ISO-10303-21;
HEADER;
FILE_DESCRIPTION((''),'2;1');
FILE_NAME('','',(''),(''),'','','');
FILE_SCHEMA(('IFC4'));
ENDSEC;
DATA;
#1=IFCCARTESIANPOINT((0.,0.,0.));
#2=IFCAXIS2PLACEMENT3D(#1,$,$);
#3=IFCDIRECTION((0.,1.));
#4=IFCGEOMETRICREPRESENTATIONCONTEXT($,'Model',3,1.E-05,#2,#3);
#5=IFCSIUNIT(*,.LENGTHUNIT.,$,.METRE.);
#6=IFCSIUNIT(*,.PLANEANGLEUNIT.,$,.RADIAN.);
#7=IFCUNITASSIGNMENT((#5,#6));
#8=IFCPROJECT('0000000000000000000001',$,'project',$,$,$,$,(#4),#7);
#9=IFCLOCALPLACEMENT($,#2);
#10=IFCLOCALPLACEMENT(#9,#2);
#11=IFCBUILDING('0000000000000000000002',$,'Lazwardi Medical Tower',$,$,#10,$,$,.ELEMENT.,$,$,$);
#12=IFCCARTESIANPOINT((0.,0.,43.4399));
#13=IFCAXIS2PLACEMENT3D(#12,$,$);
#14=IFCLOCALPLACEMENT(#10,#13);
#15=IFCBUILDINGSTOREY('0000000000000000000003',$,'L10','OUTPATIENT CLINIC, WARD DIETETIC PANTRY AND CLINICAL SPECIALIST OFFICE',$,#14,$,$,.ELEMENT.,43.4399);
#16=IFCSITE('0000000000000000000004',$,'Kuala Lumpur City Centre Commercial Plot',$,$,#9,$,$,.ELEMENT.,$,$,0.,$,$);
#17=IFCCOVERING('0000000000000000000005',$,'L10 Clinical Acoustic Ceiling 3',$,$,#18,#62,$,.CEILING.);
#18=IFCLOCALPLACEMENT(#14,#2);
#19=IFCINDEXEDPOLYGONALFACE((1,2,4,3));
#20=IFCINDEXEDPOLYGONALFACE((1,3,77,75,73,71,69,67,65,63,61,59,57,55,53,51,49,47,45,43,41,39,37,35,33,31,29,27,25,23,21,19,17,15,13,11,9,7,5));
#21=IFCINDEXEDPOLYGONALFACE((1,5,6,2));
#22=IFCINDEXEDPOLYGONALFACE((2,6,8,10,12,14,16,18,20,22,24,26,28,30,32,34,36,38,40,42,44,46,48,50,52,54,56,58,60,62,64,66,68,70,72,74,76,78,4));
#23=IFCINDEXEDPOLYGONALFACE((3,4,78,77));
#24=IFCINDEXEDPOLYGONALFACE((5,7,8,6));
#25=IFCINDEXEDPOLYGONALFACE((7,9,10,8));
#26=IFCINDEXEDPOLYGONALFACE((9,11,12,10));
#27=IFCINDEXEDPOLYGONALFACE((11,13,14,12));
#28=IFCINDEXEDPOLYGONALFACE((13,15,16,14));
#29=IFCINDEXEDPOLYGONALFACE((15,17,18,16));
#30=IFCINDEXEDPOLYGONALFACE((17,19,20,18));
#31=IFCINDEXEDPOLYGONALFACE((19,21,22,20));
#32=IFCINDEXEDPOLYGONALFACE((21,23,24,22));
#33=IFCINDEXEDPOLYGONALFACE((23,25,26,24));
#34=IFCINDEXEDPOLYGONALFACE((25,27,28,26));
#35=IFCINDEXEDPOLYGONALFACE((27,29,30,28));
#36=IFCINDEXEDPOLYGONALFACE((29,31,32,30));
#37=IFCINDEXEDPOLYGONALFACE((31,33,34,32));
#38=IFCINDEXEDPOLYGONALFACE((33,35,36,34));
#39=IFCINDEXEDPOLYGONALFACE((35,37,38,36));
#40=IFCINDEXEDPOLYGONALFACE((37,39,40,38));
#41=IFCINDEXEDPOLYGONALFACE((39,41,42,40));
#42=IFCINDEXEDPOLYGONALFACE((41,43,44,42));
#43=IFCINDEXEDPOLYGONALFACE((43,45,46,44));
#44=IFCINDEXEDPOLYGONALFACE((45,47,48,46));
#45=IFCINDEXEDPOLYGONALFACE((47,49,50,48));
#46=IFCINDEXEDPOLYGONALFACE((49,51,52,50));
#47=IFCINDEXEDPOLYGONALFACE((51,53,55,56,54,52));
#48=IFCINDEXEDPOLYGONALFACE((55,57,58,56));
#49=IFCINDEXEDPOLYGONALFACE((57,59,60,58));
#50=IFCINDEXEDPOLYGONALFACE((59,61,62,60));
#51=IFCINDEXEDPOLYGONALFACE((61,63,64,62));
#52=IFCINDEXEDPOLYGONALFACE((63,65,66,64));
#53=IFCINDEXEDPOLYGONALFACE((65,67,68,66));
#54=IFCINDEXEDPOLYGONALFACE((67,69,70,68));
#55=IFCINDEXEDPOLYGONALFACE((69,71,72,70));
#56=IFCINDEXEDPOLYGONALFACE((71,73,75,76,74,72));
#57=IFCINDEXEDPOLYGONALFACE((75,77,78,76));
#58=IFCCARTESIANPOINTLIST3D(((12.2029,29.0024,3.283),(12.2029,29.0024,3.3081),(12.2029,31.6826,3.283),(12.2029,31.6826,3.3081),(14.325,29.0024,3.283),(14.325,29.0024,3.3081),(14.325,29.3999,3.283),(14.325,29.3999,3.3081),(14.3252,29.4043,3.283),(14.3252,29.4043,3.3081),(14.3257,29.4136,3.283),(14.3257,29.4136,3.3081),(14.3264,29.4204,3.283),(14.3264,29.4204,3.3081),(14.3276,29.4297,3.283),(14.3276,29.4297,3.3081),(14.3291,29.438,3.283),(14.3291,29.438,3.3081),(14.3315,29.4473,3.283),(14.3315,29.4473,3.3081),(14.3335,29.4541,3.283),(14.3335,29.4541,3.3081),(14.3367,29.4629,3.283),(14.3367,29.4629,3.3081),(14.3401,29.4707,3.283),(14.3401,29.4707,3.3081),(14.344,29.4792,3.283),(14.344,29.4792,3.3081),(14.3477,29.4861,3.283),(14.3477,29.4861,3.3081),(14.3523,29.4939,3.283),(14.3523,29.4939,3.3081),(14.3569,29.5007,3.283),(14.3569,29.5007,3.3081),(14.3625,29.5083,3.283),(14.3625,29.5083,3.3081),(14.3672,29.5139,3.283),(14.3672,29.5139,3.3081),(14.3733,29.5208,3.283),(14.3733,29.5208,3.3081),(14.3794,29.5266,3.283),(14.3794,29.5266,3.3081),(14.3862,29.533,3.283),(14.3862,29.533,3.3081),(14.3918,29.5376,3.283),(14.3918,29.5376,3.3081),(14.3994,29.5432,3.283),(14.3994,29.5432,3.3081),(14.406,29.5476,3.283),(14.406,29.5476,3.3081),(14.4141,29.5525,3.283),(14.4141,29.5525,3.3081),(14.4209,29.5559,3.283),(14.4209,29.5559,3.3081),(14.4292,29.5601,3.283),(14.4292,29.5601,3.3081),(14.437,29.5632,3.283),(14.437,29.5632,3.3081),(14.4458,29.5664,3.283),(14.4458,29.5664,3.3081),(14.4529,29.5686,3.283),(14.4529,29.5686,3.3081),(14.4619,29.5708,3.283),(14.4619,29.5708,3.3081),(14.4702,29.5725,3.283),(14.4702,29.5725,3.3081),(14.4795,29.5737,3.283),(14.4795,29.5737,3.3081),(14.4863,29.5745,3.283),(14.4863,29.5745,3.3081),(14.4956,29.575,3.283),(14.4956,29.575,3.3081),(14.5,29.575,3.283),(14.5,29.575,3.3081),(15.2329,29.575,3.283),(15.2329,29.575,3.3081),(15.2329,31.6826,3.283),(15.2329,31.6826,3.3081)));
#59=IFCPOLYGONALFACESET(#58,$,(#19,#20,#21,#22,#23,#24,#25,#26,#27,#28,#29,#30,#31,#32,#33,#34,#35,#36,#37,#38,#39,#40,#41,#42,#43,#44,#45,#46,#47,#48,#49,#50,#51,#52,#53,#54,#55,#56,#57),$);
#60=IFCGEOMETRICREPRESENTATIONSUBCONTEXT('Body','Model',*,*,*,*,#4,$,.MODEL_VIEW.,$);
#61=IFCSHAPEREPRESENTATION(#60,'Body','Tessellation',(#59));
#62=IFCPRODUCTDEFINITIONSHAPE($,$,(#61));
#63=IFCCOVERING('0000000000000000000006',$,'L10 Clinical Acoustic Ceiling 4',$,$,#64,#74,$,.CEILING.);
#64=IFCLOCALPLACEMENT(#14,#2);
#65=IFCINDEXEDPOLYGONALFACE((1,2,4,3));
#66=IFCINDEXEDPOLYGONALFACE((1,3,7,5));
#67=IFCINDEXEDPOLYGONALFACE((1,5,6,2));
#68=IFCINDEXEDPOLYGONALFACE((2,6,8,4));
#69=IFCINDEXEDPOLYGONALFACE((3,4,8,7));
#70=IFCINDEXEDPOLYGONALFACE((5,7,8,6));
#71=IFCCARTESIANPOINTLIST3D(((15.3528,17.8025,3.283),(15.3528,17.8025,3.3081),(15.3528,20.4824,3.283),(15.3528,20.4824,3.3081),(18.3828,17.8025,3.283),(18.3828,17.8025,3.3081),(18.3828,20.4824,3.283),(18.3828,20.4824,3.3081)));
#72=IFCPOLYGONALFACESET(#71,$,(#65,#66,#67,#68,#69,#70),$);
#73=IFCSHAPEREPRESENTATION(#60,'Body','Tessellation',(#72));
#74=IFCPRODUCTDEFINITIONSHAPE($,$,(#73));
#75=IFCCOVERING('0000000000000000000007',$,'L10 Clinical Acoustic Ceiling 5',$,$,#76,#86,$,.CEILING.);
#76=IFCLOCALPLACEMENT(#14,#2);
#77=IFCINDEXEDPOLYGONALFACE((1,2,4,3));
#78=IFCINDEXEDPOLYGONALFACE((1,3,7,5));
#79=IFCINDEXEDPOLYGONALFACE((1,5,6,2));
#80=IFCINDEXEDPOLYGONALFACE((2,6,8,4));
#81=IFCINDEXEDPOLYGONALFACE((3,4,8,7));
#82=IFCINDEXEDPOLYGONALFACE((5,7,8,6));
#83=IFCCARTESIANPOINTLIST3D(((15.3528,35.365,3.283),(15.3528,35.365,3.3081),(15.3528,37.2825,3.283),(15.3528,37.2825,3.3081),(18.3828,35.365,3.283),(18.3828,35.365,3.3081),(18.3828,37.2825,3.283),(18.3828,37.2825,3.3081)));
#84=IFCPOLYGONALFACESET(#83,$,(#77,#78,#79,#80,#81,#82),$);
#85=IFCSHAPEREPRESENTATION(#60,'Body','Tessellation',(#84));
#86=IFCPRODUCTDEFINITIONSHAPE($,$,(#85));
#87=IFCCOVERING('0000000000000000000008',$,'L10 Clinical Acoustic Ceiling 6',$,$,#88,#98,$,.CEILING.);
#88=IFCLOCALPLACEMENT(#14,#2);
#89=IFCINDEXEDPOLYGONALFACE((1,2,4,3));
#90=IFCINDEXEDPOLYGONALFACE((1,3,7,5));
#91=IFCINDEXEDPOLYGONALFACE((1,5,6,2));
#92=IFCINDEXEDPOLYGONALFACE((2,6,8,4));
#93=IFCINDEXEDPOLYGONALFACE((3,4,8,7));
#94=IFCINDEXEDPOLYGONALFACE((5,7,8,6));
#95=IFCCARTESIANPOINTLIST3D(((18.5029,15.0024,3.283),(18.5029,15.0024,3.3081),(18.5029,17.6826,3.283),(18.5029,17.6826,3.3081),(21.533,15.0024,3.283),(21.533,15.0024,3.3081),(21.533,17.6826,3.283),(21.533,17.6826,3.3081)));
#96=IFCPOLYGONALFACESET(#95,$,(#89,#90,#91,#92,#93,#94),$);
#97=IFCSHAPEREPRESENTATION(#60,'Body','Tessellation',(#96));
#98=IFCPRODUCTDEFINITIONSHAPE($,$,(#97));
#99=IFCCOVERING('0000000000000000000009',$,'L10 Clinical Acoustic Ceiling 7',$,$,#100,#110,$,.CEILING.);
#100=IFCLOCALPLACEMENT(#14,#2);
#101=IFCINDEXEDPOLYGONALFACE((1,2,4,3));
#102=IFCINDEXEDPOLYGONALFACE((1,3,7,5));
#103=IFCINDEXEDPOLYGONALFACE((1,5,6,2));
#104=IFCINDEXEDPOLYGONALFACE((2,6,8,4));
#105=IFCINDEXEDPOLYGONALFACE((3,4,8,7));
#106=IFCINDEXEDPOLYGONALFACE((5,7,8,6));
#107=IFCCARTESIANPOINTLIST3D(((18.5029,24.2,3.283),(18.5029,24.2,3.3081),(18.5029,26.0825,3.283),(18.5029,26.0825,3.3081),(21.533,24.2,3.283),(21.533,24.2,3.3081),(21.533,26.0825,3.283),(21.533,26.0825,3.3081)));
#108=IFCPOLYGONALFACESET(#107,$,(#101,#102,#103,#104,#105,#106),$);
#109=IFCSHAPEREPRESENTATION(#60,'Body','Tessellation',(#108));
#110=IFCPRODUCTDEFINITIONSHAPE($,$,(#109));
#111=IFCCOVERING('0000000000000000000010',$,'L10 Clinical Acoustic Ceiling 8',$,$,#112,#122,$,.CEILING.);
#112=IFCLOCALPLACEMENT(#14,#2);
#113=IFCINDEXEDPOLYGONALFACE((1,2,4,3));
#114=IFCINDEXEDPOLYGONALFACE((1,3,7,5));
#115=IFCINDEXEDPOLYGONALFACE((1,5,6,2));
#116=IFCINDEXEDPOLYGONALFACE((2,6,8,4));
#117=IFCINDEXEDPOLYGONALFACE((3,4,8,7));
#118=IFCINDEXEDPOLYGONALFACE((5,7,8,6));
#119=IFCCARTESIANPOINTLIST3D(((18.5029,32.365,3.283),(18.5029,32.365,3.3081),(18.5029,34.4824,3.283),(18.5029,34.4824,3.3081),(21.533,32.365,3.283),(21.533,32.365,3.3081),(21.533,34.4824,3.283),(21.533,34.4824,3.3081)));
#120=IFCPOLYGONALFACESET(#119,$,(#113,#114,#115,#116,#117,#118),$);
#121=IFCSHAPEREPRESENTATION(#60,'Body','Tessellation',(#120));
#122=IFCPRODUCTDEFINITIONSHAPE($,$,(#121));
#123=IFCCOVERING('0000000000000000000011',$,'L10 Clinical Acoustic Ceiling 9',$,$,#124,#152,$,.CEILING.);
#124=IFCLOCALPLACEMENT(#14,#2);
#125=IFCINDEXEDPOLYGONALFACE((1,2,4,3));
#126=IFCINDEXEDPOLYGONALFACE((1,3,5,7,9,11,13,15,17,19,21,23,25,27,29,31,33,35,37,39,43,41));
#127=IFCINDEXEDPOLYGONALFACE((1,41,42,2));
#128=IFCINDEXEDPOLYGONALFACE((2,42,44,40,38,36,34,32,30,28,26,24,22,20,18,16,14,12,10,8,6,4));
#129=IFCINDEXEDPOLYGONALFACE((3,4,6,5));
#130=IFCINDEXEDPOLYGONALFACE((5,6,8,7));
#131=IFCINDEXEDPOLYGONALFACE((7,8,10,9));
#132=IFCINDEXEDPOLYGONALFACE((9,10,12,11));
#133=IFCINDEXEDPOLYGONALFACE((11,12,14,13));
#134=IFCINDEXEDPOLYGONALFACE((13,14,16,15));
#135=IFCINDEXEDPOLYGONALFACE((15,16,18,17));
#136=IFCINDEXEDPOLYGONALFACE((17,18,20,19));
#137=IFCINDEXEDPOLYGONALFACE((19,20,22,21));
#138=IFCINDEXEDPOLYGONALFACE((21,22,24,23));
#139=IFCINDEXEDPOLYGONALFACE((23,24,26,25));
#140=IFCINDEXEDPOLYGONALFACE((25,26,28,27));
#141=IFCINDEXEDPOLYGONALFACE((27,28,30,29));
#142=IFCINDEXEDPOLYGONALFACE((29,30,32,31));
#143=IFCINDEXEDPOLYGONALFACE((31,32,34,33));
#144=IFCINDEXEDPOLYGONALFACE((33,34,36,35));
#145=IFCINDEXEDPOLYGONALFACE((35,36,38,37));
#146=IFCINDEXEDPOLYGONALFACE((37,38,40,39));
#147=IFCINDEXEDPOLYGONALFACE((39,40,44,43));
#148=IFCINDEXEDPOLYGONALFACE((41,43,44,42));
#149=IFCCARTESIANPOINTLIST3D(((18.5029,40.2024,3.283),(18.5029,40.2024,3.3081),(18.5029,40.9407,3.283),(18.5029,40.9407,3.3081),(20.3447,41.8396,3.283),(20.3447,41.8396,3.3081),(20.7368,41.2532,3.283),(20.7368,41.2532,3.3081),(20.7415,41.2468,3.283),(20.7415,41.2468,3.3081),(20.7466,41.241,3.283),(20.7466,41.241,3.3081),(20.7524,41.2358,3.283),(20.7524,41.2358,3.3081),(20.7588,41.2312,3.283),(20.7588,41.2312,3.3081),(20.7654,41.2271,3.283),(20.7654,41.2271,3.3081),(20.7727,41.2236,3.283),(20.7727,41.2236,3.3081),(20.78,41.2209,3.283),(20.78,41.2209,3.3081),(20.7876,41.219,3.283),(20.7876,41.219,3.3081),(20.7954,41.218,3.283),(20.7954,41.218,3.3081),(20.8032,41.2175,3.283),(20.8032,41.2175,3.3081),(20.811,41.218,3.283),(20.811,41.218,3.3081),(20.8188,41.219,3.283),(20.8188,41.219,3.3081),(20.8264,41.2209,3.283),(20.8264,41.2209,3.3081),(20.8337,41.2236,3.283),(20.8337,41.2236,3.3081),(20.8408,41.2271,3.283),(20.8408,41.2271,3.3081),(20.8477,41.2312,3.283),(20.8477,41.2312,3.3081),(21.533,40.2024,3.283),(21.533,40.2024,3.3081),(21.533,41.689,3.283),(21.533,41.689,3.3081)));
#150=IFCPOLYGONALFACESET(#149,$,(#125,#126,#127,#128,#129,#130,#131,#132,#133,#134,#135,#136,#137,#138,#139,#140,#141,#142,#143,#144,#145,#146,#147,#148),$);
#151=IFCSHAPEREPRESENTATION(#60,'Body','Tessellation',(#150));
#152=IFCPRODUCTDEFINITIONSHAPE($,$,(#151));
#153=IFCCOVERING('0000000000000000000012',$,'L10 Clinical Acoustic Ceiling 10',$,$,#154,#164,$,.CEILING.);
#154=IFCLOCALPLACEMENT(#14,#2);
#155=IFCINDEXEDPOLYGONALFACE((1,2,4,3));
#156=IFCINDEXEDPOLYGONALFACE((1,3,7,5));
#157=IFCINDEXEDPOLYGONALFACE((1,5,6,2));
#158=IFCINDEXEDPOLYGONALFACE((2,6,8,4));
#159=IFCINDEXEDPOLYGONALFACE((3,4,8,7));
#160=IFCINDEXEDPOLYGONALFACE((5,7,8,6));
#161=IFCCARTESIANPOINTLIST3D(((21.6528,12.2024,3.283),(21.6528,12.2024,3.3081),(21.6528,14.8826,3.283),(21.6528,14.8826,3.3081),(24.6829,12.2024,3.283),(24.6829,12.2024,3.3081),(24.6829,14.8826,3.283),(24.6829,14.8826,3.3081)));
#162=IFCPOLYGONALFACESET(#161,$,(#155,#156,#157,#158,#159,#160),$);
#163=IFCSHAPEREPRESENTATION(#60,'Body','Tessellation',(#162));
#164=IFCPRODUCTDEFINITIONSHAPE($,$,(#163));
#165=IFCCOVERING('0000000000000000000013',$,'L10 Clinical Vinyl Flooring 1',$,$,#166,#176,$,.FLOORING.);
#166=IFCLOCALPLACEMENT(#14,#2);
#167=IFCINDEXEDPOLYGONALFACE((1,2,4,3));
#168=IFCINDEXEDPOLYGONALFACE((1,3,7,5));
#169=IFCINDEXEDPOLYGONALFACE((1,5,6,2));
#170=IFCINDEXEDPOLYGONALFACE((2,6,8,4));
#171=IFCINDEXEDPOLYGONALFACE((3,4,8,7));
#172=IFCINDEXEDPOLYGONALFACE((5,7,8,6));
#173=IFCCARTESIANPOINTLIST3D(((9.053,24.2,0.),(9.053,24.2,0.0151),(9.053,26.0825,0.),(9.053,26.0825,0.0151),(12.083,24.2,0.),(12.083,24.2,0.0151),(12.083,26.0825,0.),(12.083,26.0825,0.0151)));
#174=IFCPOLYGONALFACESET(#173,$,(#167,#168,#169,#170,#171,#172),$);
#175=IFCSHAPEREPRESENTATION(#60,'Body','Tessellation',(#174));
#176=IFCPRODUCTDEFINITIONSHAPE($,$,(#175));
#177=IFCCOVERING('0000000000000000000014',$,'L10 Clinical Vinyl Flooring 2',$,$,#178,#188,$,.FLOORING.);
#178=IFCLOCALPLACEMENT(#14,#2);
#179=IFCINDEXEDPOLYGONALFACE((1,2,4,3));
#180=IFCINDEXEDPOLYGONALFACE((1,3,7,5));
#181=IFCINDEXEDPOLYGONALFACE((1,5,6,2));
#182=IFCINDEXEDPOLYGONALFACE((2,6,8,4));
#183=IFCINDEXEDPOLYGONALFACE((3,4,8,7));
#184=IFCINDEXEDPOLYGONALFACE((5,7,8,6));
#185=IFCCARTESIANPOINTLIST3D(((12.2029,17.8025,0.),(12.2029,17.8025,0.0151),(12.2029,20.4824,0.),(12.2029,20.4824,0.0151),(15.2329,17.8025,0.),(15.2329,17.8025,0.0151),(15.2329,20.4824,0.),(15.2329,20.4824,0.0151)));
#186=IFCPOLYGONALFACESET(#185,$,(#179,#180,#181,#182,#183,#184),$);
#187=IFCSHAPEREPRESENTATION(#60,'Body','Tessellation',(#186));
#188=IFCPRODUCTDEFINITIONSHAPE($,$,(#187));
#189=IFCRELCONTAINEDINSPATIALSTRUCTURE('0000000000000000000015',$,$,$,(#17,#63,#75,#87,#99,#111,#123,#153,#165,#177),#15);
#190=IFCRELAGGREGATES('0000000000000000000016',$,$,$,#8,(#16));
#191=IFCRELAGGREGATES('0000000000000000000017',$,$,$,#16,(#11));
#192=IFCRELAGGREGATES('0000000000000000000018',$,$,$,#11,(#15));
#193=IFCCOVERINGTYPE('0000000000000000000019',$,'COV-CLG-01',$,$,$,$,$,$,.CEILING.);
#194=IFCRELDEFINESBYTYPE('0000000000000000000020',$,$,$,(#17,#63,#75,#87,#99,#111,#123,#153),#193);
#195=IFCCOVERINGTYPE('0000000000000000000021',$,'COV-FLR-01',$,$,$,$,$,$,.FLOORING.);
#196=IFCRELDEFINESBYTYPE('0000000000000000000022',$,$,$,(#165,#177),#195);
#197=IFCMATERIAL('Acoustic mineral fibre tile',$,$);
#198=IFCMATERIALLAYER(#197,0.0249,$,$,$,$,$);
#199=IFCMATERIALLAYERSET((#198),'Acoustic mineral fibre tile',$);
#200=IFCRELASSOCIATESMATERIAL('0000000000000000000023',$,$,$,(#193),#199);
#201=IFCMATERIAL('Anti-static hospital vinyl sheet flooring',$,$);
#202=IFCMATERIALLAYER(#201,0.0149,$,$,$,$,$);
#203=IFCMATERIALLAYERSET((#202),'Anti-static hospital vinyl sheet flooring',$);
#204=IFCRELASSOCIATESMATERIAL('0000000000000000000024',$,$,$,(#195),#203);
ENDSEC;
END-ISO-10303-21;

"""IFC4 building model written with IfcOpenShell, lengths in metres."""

from ifc_helpers import new_model, si_unit, direction, frame, origin, place, context, subcontext, project, spatial, polyline, outline, extrude, material, layer, layer_set, type_object, element, save


model = new_model("IFC4")

# Units and contexts
model_context = context("Model", 3, precision=1e-05, world=origin(), true_north=direction((0.0, 1.0)))
body_context = subcontext(model_context, "Body", "Model", "MODEL_VIEW")
ifc_project = project(units=[si_unit("LENGTHUNIT", "METRE"), si_unit("PLANEANGLEUNIT", "RADIAN")], contexts=[model_context])

# Site, building, storey
site_placement = place(None, origin())
site = spatial("IfcSite", under=ifc_project, at=site_placement, Name="Kuala Lumpur City Centre Commercial Plot", CompositionType="ELEMENT", RefElevation=0.0)
building_placement = place(site_placement, origin())
building = spatial("IfcBuilding", under=site, at=building_placement, Name="Lazwardi Medical Tower", CompositionType="ELEMENT")
storey_placement = place(building_placement, frame((0.0, 0.0, 43.4399)))
storey = spatial("IfcBuildingStorey", under=building, at=storey_placement, Name="L10", Description="OUTPATIENT CLINIC, WARD DIETETIC PANTRY AND CLINICAL SPECIALIST OFFICE", CompositionType="ELEMENT", Elevation=43.4399)

# Coverings
ifc_material_1 = material(Name="Acoustic mineral fibre tile")
ifc_layer_1 = layer(ifc_material_1, 0.0249)
ifc_layer_set_1 = layer_set([ifc_layer_1], Name="Acoustic mineral fibre tile")
covering_type_1 = type_object("IfcCoveringType", Name="COV-CLG-01", PredefinedType="CEILING", material=ifc_layer_set_1)
covering_1_placement = place(storey_placement, frame((0.0, 0.0, 3.283)))
element("IfcCovering", 1, at=covering_1_placement, inside=storey, type_object=covering_type_1, Name="L10 Clinical Acoustic Ceiling 3", PredefinedType="CEILING", context=body_context, shape_type="SweptSolid", body=[
    extrude(outline(polyline([(14.325, 29.0024), (14.325, 29.3999), (14.3252, 29.4043), (14.3257, 29.4136), (14.3264, 29.4204), (14.3276, 29.4297), (14.3291, 29.438), (14.3315, 29.4473), (14.3335, 29.4541), (14.3367, 29.4629), (14.3401, 29.4707), (14.344, 29.4792), (14.3477, 29.4861), (14.3523, 29.4939), (14.3569, 29.5007), (14.3625, 29.5083), (14.3672, 29.5139), (14.3733, 29.5208), (14.3794, 29.5266), (14.3862, 29.533), (14.3918, 29.5376), (14.3994, 29.5432), (14.406, 29.5476), (14.4141, 29.5525), (14.4209, 29.5559), (14.4292, 29.5601), (14.437, 29.5632), (14.4458, 29.5664), (14.4529, 29.5686), (14.4619, 29.5708), (14.4702, 29.5725), (14.4795, 29.5737), (14.4863, 29.5745), (14.4956, 29.575), (14.5, 29.575), (15.2329, 29.575), (15.2329, 31.6826), (12.2029, 31.6826), (12.2029, 29.0024), (14.325, 29.0024)])), origin(), (0.0, 0.0, 1.0), 0.0251),
])
covering_2_placement = place(storey_placement, frame((0.0, 0.0, 3.283)))
element("IfcCovering", 2, at=covering_2_placement, inside=storey, type_object=covering_type_1, Name="L10 Clinical Acoustic Ceiling 4", PredefinedType="CEILING", context=body_context, shape_type="SweptSolid", body=[
    extrude(outline(polyline([(18.3828, 17.8025), (18.3828, 20.4824), (15.3528, 20.4824), (15.3528, 17.8025), (18.3828, 17.8025)])), origin(), (0.0, 0.0, 1.0), 0.0251),
])
covering_3_placement = place(storey_placement, frame((0.0, 0.0, 3.283)))
element("IfcCovering", 3, at=covering_3_placement, inside=storey, type_object=covering_type_1, Name="L10 Clinical Acoustic Ceiling 5", PredefinedType="CEILING", context=body_context, shape_type="SweptSolid", body=[
    extrude(outline(polyline([(15.3528, 35.365), (18.3828, 35.365), (18.3828, 37.2825), (15.3528, 37.2825), (15.3528, 35.365)])), origin(), (0.0, 0.0, 1.0), 0.0251),
])
covering_4_placement = place(storey_placement, frame((0.0, 0.0, 3.283)))
element("IfcCovering", 4, at=covering_4_placement, inside=storey, type_object=covering_type_1, Name="L10 Clinical Acoustic Ceiling 6", PredefinedType="CEILING", context=body_context, shape_type="SweptSolid", body=[
    extrude(outline(polyline([(21.533, 15.0024), (21.533, 17.6826), (18.5029, 17.6826), (18.5029, 15.0024), (21.533, 15.0024)])), origin(), (0.0, 0.0, 1.0), 0.0251),
])
covering_5_placement = place(storey_placement, frame((0.0, 0.0, 3.283)))
element("IfcCovering", 5, at=covering_5_placement, inside=storey, type_object=covering_type_1, Name="L10 Clinical Acoustic Ceiling 7", PredefinedType="CEILING", context=body_context, shape_type="SweptSolid", body=[
    extrude(outline(polyline([(18.5029, 24.2), (21.533, 24.2), (21.533, 26.0825), (18.5029, 26.0825), (18.5029, 24.2)])), origin(), (0.0, 0.0, 1.0), 0.0251),
])
covering_6_placement = place(storey_placement, frame((0.0, 0.0, 3.283)))
element("IfcCovering", 6, at=covering_6_placement, inside=storey, type_object=covering_type_1, Name="L10 Clinical Acoustic Ceiling 8", PredefinedType="CEILING", context=body_context, shape_type="SweptSolid", body=[
    extrude(outline(polyline([(18.5029, 32.365), (21.533, 32.365), (21.533, 34.4824), (18.5029, 34.4824), (18.5029, 32.365)])), origin(), (0.0, 0.0, 1.0), 0.0251),
])
covering_7_placement = place(storey_placement, frame((0.0, 0.0, 3.283)))
element("IfcCovering", 7, at=covering_7_placement, inside=storey, type_object=covering_type_1, Name="L10 Clinical Acoustic Ceiling 9", PredefinedType="CEILING", context=body_context, shape_type="SweptSolid", body=[
    extrude(outline(polyline([(21.533, 41.689), (20.8477, 41.2312), (20.8408, 41.2271), (20.8337, 41.2236), (20.8264, 41.2209), (20.8188, 41.219), (20.811, 41.218), (20.8032, 41.2175), (20.7954, 41.218), (20.7876, 41.219), (20.78, 41.2209), (20.7727, 41.2236), (20.7654, 41.2271), (20.7588, 41.2312), (20.7524, 41.2358), (20.7466, 41.241), (20.7415, 41.2468), (20.7368, 41.2532), (20.3447, 41.8396), (18.5029, 40.9407), (18.5029, 40.2024), (21.533, 40.2024), (21.533, 41.689)])), origin(), (0.0, 0.0, 1.0), 0.0251),
])
covering_8_placement = place(storey_placement, frame((0.0, 0.0, 3.283)))
element("IfcCovering", 8, at=covering_8_placement, inside=storey, type_object=covering_type_1, Name="L10 Clinical Acoustic Ceiling 10", PredefinedType="CEILING", context=body_context, shape_type="SweptSolid", body=[
    extrude(outline(polyline([(24.6829, 12.2024), (24.6829, 14.8826), (21.6528, 14.8826), (21.6528, 12.2024), (24.6829, 12.2024)])), origin(), (0.0, 0.0, 1.0), 0.0251),
])
ifc_material_2 = material(Name="Anti-static hospital vinyl sheet flooring")
ifc_layer_2 = layer(ifc_material_2, 0.0149)
ifc_layer_set_2 = layer_set([ifc_layer_2], Name="Anti-static hospital vinyl sheet flooring")
covering_type_2 = type_object("IfcCoveringType", Name="COV-FLR-01", PredefinedType="FLOORING", material=ifc_layer_set_2)
covering_9_placement = place(storey_placement, origin())
element("IfcCovering", 9, at=covering_9_placement, inside=storey, type_object=covering_type_2, Name="L10 Clinical Vinyl Flooring 1", PredefinedType="FLOORING", context=body_context, shape_type="SweptSolid", body=[
    extrude(outline(polyline([(9.053, 24.2), (12.083, 24.2), (12.083, 26.0825), (9.053, 26.0825), (9.053, 24.2)])), origin(), (0.0, 0.0, 1.0), 0.0151),
])
covering_10_placement = place(storey_placement, origin())
element("IfcCovering", 10, at=covering_10_placement, inside=storey, type_object=covering_type_2, Name="L10 Clinical Vinyl Flooring 2", PredefinedType="FLOORING", context=body_context, shape_type="SweptSolid", body=[
    extrude(outline(polyline([(15.2329, 17.8025), (15.2329, 20.4824), (12.2029, 20.4824), (12.2029, 17.8025), (15.2329, 17.8025)])), origin(), (0.0, 0.0, 1.0), 0.0151),
])

save(model, "model.ifc")
